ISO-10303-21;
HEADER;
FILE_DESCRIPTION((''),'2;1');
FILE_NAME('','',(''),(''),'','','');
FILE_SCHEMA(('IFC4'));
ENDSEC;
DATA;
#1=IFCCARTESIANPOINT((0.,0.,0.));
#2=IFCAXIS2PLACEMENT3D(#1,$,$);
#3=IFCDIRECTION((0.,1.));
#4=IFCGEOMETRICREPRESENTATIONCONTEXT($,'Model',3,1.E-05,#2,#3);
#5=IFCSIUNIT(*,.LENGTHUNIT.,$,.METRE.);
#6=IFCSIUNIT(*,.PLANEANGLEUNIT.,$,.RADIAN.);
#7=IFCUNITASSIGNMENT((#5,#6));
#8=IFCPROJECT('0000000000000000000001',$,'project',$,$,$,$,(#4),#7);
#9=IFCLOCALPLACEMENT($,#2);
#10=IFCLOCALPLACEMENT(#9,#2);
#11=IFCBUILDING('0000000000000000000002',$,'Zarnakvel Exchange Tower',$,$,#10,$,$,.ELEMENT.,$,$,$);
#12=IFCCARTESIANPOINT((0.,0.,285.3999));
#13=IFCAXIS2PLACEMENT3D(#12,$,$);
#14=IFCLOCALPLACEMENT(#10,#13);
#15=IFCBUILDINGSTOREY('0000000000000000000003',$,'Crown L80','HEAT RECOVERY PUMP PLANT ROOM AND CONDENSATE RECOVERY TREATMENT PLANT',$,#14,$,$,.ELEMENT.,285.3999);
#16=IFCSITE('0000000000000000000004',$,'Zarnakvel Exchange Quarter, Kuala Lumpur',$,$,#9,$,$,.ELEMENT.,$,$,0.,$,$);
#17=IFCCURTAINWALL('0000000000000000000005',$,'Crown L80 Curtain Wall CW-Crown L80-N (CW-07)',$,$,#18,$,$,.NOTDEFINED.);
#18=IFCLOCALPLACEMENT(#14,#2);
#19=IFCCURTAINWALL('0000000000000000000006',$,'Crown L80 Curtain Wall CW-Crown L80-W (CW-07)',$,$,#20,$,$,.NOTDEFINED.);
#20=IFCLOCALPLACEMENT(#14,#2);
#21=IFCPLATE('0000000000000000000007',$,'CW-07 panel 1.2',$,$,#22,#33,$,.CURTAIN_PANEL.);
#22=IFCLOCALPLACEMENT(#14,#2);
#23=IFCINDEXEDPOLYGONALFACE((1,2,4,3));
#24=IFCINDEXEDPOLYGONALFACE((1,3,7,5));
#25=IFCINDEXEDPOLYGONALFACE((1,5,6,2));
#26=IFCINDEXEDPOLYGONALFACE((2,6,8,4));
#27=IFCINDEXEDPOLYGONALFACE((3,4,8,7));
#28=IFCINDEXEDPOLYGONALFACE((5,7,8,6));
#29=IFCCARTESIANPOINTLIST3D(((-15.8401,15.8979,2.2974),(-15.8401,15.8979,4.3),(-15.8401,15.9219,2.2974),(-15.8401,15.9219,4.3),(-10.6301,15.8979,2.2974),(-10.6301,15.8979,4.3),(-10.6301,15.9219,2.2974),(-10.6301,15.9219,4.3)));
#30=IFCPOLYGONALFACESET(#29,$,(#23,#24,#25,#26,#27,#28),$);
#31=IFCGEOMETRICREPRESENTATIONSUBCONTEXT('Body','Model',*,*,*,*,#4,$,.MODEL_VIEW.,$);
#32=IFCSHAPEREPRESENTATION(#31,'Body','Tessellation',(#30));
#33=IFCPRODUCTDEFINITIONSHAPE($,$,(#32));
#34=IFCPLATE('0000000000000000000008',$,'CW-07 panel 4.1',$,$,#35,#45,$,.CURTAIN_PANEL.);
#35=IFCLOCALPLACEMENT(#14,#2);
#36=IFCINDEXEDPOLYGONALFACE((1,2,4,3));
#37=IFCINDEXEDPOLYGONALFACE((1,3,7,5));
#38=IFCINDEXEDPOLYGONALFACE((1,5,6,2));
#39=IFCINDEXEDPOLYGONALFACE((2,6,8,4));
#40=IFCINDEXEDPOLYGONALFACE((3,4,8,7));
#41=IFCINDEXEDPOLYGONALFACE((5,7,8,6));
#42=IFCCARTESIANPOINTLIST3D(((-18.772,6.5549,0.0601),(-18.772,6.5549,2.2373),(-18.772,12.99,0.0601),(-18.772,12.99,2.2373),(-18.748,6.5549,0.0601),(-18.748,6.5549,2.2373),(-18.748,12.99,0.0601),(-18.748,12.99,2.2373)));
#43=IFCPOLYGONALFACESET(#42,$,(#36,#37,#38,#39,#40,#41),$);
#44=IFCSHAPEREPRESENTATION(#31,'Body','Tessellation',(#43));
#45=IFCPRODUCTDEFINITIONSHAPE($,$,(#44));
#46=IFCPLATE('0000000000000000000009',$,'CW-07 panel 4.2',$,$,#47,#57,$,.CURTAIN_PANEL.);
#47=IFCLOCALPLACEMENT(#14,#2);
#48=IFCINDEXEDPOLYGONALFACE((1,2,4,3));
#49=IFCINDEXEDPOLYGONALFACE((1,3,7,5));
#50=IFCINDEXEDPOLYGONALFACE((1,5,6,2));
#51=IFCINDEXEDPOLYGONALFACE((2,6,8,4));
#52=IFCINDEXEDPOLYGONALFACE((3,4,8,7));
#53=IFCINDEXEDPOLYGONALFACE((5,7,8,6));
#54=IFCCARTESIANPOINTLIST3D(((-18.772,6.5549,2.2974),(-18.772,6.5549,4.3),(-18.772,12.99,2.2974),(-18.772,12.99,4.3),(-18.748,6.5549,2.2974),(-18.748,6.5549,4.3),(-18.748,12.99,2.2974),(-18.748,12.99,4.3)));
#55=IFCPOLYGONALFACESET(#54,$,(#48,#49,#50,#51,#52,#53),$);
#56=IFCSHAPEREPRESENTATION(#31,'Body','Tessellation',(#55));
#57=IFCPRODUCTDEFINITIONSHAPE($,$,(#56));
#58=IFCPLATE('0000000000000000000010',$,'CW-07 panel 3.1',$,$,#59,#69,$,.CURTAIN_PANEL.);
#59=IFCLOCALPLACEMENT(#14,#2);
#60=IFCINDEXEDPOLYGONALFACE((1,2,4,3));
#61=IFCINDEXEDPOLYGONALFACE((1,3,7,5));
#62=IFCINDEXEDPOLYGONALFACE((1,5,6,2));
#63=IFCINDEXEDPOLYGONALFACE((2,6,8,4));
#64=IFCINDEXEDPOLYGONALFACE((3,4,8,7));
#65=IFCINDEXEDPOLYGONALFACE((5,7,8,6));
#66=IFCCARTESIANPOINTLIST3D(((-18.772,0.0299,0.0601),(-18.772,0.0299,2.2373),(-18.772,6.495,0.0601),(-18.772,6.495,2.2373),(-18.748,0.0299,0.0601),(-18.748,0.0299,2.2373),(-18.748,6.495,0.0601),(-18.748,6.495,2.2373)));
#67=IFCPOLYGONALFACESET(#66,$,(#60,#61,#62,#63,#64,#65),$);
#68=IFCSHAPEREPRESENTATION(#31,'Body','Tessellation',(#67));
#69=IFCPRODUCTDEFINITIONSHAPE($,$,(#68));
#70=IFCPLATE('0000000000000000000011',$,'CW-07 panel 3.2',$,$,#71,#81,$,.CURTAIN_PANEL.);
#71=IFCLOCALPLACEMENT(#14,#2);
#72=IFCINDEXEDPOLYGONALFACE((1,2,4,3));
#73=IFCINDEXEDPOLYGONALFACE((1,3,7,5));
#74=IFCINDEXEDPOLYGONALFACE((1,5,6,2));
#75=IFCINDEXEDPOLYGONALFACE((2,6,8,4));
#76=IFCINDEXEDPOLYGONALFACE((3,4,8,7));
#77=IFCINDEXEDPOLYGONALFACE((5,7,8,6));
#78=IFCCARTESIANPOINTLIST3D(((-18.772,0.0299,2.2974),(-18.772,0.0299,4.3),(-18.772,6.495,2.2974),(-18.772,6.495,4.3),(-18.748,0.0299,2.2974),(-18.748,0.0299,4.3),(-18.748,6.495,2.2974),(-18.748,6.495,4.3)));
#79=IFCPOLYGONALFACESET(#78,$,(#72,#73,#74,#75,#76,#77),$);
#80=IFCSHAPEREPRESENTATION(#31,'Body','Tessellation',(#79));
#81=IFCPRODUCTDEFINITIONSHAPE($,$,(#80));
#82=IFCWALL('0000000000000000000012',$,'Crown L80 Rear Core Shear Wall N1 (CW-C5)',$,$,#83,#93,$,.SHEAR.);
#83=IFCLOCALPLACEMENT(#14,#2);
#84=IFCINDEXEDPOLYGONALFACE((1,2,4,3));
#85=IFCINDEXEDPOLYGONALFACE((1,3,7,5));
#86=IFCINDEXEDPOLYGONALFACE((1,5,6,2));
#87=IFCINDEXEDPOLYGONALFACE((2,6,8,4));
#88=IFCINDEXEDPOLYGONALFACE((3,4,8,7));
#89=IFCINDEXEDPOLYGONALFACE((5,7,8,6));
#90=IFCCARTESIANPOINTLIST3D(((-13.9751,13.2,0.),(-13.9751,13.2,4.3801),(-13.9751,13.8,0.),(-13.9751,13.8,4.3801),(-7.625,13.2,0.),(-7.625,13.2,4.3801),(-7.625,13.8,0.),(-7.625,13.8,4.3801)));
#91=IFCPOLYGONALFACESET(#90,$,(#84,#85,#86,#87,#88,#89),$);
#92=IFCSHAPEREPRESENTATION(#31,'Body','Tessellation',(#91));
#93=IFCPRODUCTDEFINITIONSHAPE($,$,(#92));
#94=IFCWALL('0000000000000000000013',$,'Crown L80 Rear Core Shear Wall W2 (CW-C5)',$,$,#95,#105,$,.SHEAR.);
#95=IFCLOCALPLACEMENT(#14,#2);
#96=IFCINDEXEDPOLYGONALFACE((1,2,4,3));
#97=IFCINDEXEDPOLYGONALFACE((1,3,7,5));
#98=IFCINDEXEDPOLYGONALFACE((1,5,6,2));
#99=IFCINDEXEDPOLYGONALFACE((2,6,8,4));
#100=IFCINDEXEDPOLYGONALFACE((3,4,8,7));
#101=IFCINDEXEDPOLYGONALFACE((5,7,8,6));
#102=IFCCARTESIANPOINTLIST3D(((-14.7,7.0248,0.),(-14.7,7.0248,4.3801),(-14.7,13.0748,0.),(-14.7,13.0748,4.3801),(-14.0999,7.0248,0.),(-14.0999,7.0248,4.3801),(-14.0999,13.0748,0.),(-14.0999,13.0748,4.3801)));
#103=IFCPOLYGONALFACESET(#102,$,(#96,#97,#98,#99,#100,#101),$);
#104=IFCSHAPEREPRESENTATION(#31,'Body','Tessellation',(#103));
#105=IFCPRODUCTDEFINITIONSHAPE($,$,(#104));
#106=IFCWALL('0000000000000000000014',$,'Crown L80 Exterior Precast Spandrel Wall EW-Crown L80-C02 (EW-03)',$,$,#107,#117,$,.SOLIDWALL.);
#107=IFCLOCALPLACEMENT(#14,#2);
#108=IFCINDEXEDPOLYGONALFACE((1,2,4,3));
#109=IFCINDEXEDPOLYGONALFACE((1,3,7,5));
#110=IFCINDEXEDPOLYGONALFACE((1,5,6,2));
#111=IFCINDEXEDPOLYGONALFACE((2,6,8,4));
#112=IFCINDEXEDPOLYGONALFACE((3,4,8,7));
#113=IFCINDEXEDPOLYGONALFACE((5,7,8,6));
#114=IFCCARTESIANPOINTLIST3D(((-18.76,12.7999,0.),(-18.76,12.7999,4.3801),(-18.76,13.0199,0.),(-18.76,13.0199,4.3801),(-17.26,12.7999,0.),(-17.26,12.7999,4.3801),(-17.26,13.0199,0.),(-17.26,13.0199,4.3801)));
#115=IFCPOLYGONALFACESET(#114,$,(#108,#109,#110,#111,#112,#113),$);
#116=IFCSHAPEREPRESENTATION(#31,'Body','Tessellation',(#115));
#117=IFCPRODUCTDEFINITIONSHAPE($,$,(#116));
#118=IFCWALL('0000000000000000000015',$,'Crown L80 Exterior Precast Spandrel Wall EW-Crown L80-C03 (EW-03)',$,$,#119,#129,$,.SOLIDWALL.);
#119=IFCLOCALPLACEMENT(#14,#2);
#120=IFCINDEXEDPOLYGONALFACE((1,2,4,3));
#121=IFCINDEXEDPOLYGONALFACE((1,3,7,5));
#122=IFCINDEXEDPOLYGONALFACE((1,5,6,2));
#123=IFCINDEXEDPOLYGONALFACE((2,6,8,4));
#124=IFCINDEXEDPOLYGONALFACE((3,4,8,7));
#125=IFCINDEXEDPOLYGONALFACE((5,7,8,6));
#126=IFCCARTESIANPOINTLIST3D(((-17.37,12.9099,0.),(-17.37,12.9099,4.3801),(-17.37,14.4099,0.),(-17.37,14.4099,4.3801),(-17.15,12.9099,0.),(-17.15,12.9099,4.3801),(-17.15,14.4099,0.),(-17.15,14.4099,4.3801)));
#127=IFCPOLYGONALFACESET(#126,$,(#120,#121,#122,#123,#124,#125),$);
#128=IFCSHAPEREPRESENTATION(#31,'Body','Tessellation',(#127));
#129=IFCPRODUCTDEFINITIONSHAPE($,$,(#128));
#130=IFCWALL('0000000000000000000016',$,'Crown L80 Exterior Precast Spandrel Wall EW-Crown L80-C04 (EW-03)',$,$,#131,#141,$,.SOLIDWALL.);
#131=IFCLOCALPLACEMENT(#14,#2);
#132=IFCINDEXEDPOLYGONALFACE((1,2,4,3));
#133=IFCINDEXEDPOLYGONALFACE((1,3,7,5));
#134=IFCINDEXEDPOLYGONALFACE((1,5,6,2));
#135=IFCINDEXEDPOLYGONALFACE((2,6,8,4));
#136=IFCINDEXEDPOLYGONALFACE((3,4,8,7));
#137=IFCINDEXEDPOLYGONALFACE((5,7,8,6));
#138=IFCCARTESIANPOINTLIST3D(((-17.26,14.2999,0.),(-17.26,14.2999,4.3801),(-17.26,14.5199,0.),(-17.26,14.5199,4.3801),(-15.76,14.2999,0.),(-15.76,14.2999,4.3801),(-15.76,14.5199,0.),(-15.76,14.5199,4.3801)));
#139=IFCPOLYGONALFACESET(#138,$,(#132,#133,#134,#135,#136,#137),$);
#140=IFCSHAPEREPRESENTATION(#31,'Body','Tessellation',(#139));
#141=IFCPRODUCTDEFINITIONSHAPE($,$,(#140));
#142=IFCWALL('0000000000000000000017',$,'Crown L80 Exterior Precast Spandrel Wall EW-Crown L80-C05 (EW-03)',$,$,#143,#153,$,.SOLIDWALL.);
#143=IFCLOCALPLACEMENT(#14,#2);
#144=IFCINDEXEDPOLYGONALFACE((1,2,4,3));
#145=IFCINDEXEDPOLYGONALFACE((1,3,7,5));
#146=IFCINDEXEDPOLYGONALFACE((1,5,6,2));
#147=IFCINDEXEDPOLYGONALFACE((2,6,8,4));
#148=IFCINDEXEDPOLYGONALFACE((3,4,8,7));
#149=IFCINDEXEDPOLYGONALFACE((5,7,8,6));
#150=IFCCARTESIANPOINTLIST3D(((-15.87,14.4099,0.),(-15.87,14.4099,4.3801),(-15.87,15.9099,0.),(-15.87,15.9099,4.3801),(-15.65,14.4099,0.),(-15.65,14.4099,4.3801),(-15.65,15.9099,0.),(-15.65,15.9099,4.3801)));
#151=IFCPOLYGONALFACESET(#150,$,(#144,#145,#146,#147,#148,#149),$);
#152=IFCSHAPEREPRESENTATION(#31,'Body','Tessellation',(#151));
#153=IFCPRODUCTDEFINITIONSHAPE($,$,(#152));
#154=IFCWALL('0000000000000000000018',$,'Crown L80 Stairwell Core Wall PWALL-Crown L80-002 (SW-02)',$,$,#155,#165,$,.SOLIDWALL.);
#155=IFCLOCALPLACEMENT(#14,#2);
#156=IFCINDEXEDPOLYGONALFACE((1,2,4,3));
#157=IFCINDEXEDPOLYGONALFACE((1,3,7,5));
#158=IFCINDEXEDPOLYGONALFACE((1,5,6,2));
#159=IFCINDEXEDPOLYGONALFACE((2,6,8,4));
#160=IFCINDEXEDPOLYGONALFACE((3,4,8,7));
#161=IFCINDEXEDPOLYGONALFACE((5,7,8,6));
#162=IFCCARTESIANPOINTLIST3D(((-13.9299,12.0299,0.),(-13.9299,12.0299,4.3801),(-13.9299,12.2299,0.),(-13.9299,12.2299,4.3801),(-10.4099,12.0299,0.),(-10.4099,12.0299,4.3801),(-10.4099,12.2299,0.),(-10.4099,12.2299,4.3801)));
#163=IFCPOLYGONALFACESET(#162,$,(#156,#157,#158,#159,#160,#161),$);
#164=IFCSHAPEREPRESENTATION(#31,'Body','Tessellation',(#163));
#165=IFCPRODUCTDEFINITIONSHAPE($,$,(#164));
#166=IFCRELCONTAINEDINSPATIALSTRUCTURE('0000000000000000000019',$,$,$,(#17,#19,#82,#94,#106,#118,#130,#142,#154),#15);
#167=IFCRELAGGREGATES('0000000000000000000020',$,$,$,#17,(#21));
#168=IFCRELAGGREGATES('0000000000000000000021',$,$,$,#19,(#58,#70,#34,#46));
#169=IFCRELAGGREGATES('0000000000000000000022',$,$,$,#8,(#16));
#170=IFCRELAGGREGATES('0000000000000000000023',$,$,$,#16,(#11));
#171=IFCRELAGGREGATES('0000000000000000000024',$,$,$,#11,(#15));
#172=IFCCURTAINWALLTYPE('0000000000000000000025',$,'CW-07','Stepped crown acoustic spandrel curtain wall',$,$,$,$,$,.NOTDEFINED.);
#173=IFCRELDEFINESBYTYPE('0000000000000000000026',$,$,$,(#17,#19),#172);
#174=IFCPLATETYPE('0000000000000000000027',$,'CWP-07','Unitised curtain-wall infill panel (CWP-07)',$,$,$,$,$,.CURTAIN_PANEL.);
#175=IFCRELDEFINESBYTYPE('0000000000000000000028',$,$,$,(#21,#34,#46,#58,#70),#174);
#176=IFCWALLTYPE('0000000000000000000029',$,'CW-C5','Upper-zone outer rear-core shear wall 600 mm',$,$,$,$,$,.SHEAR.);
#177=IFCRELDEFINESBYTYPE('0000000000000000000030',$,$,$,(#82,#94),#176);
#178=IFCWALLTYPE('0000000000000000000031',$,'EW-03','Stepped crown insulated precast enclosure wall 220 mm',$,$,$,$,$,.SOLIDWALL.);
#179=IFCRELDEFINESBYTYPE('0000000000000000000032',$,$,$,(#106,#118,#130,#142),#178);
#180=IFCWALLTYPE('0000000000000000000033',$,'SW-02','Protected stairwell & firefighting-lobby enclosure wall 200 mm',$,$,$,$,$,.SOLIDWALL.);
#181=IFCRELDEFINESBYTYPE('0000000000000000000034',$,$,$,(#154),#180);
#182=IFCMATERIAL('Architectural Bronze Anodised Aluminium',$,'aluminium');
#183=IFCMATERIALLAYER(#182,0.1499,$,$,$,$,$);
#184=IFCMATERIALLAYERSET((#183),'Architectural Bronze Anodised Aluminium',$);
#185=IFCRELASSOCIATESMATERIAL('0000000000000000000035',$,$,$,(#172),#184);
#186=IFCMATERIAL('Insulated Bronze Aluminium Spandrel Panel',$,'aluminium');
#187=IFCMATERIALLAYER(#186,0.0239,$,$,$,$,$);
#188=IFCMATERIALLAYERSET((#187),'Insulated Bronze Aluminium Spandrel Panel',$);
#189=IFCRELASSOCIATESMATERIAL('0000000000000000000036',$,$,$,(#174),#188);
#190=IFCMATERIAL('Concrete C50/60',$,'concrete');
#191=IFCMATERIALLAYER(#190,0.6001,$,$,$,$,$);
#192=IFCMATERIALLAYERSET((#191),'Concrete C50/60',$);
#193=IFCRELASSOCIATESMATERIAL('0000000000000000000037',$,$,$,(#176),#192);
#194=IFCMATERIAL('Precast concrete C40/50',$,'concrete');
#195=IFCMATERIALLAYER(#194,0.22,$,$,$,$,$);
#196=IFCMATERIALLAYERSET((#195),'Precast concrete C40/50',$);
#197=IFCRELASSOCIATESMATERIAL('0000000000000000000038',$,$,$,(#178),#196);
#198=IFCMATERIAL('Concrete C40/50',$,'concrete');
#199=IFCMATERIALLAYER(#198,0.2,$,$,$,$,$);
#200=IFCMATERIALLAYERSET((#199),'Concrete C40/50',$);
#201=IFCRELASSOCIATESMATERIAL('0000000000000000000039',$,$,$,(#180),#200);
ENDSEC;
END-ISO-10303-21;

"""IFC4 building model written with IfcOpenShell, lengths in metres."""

from ifc_helpers import new_model, si_unit, direction, frame, frame_2d, origin, origin_2d, place, context, subcontext, project, spatial, rectangle, extrude, source, transform, mapped, material, layer, layer_set, type_object, element, aggregate, save


model = new_model("IFC4")

# Units and contexts
model_context = context("Model", 3, precision=1e-05, world=origin(), true_north=direction((0.0, 1.0)))
body_context = subcontext(model_context, "Body", "Model", "MODEL_VIEW")
ifc_project = project(units=[si_unit("LENGTHUNIT", "METRE"), si_unit("PLANEANGLEUNIT", "RADIAN")], contexts=[model_context])

# Site, building, storey
site_placement = place(None, origin())
site = spatial("IfcSite", under=ifc_project, at=site_placement, Name="Zarnakvel Exchange Quarter, Kuala Lumpur", CompositionType="ELEMENT", RefElevation=0.0)
building_placement = place(site_placement, origin())
building = spatial("IfcBuilding", under=site, at=building_placement, Name="Zarnakvel Exchange Tower", CompositionType="ELEMENT")
storey_placement = place(building_placement, frame((0.0, 0.0, 285.3999)))
storey = spatial("IfcBuildingStorey", under=building, at=storey_placement, Name="Crown L80", Description="HEAT RECOVERY PUMP PLANT ROOM AND CONDENSATE RECOVERY TREATMENT PLANT", CompositionType="ELEMENT", Elevation=285.3999)

# Shared definitions
ifc_material_1 = material(Name="Concrete C50/60", Category="concrete")

# Curtain wall
ifc_material_2 = material(Name="Architectural Bronze Anodised Aluminium", Category="aluminium")
ifc_layer_1 = layer(ifc_material_2, 0.1499)
ifc_layer_set_1 = layer_set([ifc_layer_1], Name="Architectural Bronze Anodised Aluminium")
curtain_wall_type = type_object("IfcCurtainWallType", Name="CW-07", Description="Stepped crown acoustic spandrel curtain wall", PredefinedType="NOTDEFINED", material=ifc_layer_set_1)
curtain_wall_1_placement = place(storey_placement, origin())
curtain_wall_1 = element("IfcCurtainWall", 1, at=curtain_wall_1_placement, inside=storey, type_object=curtain_wall_type, Name="Crown L80 Curtain Wall CW-Crown L80-N (CW-07)", PredefinedType="NOTDEFINED")

# Curtain wall
curtain_wall_2_placement = place(storey_placement, origin())
curtain_wall_2 = element("IfcCurtainWall", 2, at=curtain_wall_2_placement, inside=storey, type_object=curtain_wall_type, Name="Crown L80 Curtain Wall CW-Crown L80-W (CW-07)", PredefinedType="NOTDEFINED")

# Plates
ifc_material_3 = material(Name="Insulated Bronze Aluminium Spandrel Panel", Category="aluminium")
ifc_layer_2 = layer(ifc_material_3, 0.0239)
ifc_layer_set_2 = layer_set([ifc_layer_2], Name="Insulated Bronze Aluminium Spandrel Panel")
plate_type = type_object("IfcPlateType", Name="CWP-07", Description="Unitised curtain-wall infill panel (CWP-07)", PredefinedType="CURTAIN_PANEL", material=ifc_layer_set_2)
shared_shape_1 = source(origin(), body_context, "Body", "SweptSolid", [
    extrude(rectangle(XDim=5.21, YDim=0.0239, at=origin_2d()), origin(), (0.0, 0.0, 1.0), 2.0027),
])
plate_1_placement = place(storey_placement, frame((-13.2351, 15.9099, 2.2974), z_axis=(0.0, 0.0, 1.0), x_axis=(1.0, 0.0, 0.0)))
plate_1 = element("IfcPlate", 3, at=plate_1_placement, type_object=plate_type, Name="CW-07 panel 1.2", PredefinedType="CURTAIN_PANEL", context=body_context, shape_type="MappedRepresentation", body=[
    mapped(shared_shape_1, transform((0.0, 0.0, 0.0), x_axis=(1.0, 0.0, 0.0), y_axis=(0.0, 1.0, 0.0), z_axis=(0.0, 0.0, 1.0), scale=1.0)),
])
aggregate(curtain_wall_1, [plate_1])
shared_shape_2 = source(origin(), body_context, "Body", "SweptSolid", [
    extrude(rectangle(XDim=6.4351, YDim=0.0239, at=origin_2d()), origin(), (0.0, 0.0, 1.0), 2.1772),
])
plate_2_placement = place(storey_placement, frame((-18.76, 9.7725, 0.0601), z_axis=(0.0, 0.0, 1.0), x_axis=(0.0, 1.0, 0.0)))
plate_2 = element("IfcPlate", 4, at=plate_2_placement, type_object=plate_type, Name="CW-07 panel 4.1", PredefinedType="CURTAIN_PANEL", context=body_context, shape_type="MappedRepresentation", body=[
    mapped(shared_shape_2, transform((0.0, 0.0, 0.0), x_axis=(1.0, 0.0, 0.0), y_axis=(0.0, 1.0, 0.0), z_axis=(0.0, 0.0, 1.0), scale=1.0)),
])
shared_shape_3 = source(origin(), body_context, "Body", "SweptSolid", [
    extrude(rectangle(XDim=6.4351, YDim=0.0239, at=origin_2d()), origin(), (0.0, 0.0, 1.0), 2.0027),
])
plate_3_placement = place(storey_placement, frame((-18.76, 9.7725, 2.2974), z_axis=(0.0, 0.0, 1.0), x_axis=(0.0, 1.0, 0.0)))
plate_3 = element("IfcPlate", 5, at=plate_3_placement, type_object=plate_type, Name="CW-07 panel 4.2", PredefinedType="CURTAIN_PANEL", context=body_context, shape_type="MappedRepresentation", body=[
    mapped(shared_shape_3, transform((0.0, 0.0, 0.0), x_axis=(1.0, 0.0, 0.0), y_axis=(0.0, 1.0, 0.0), z_axis=(0.0, 0.0, 1.0), scale=1.0)),
])
shared_shape_4 = source(origin(), body_context, "Body", "SweptSolid", [
    extrude(rectangle(XDim=6.4651, YDim=0.0239, at=origin_2d()), origin(), (0.0, 0.0, 1.0), 2.1772),
])
plate_4_placement = place(storey_placement, frame((-18.76, 3.2625, 0.0601), z_axis=(0.0, 0.0, 1.0), x_axis=(0.0, 1.0, 0.0)))
plate_4 = element("IfcPlate", 6, at=plate_4_placement, type_object=plate_type, Name="CW-07 panel 3.1", PredefinedType="CURTAIN_PANEL", context=body_context, shape_type="MappedRepresentation", body=[
    mapped(shared_shape_4, transform((0.0, 0.0, 0.0), x_axis=(1.0, 0.0, 0.0), y_axis=(0.0, 1.0, 0.0), z_axis=(0.0, 0.0, 1.0), scale=1.0)),
])
shared_shape_5 = source(origin(), body_context, "Body", "SweptSolid", [
    extrude(rectangle(XDim=6.4651, YDim=0.0239, at=origin_2d()), origin(), (0.0, 0.0, 1.0), 2.0027),
])
plate_5_placement = place(storey_placement, frame((-18.76, 3.2625, 2.2974), z_axis=(0.0, 0.0, 1.0), x_axis=(0.0, 1.0, 0.0)))
plate_5 = element("IfcPlate", 7, at=plate_5_placement, type_object=plate_type, Name="CW-07 panel 3.2", PredefinedType="CURTAIN_PANEL", context=body_context, shape_type="MappedRepresentation", body=[
    mapped(shared_shape_5, transform((0.0, 0.0, 0.0), x_axis=(1.0, 0.0, 0.0), y_axis=(0.0, 1.0, 0.0), z_axis=(0.0, 0.0, 1.0), scale=1.0)),
])
aggregate(curtain_wall_2, [plate_4, plate_5, plate_2, plate_3])

# Walls
ifc_layer_3 = layer(ifc_material_1, 0.6001)
ifc_layer_set_3 = layer_set([ifc_layer_3], Name="Concrete C50/60")
wall_type_1 = type_object("IfcWallType", Name="CW-C5", Description="Upper-zone outer rear-core shear wall 600 mm", PredefinedType="SHEAR", material=ifc_layer_set_3)
wall_1_placement = place(storey_placement, frame((-13.9751, 13.5, 0.0), z_axis=(0.0, 0.0, 1.0), x_axis=(1.0, 0.0, 0.0)))
element("IfcWall", 8, at=wall_1_placement, inside=storey, type_object=wall_type_1, Name="Crown L80 Rear Core Shear Wall N1 (CW-C5)", PredefinedType="SHEAR", context=body_context, shape_type="SweptSolid", body=[
    extrude(rectangle(XDim=6.3501, YDim=0.6001, at=frame_2d((3.175, 0.0))), origin(), (0.0, 0.0, 1.0), 4.3801),
])
wall_2_placement = place(storey_placement, frame((-14.3999, 7.0249, 0.0), z_axis=(0.0, 0.0, 1.0), x_axis=(0.0, 1.0, 0.0)))
element("IfcWall", 9, at=wall_2_placement, inside=storey, type_object=wall_type_1, Name="Crown L80 Rear Core Shear Wall W2 (CW-C5)", PredefinedType="SHEAR", context=body_context, shape_type="SweptSolid", body=[
    extrude(rectangle(XDim=6.05, YDim=0.6001, at=frame_2d((3.0249, 0.0))), origin(), (0.0, 0.0, 1.0), 4.3801),
])
ifc_material_4 = material(Name="Precast concrete C40/50", Category="concrete")
ifc_layer_4 = layer(ifc_material_4, 0.22)
ifc_layer_set_4 = layer_set([ifc_layer_4], Name="Precast concrete C40/50")
wall_type_2 = type_object("IfcWallType", Name="EW-03", Description="Stepped crown insulated precast enclosure wall 220 mm", PredefinedType="SOLIDWALL", material=ifc_layer_set_4)
for number, where, z_axis, x_axis, name in (
    (10, (-17.26, 12.9099, 0.0), (0.0, 0.0, 1.0), (-1.0, 0.0, 0.0), "Crown L80 Exterior Precast Spandrel Wall EW-Crown L80-C02 (EW-03)"),
    (11, (-17.26, 14.4099, 0.0), (0.0, 0.0, 1.0), (0.0, -1.0, 0.0), "Crown L80 Exterior Precast Spandrel Wall EW-Crown L80-C03 (EW-03)"),
    (12, (-15.76, 14.4099, 0.0), (0.0, 0.0, 1.0), (-1.0, 0.0, 0.0), "Crown L80 Exterior Precast Spandrel Wall EW-Crown L80-C04 (EW-03)"),
    (13, (-15.76, 15.9099, 0.0), (0.0, 0.0, 1.0), (0.0, -1.0, 0.0), "Crown L80 Exterior Precast Spandrel Wall EW-Crown L80-C05 (EW-03)"),
):
    element("IfcWall", number, at=place(storey_placement, frame(where, z_axis=z_axis, x_axis=x_axis)), inside=storey, type_object=wall_type_2, Name=name, PredefinedType="SOLIDWALL", context=body_context, shape_type="SweptSolid", body=[
        extrude(rectangle(XDim=1.5, YDim=0.22, at=frame_2d((0.75, 0.0))), origin(), (0.0, 0.0, 1.0), 4.3801),
    ])
ifc_material_5 = material(Name="Concrete C40/50", Category="concrete")
ifc_layer_5 = layer(ifc_material_5, 0.2)
ifc_layer_set_5 = layer_set([ifc_layer_5], Name="Concrete C40/50")
wall_type_3 = type_object("IfcWallType", Name="SW-02", Description="Protected stairwell & firefighting-lobby enclosure wall 200 mm", PredefinedType="SOLIDWALL", material=ifc_layer_set_5)
wall_3_placement = place(storey_placement, frame((-13.9299, 12.1299, 0.0), z_axis=(0.0, 0.0, 1.0), x_axis=(1.0, 0.0, 0.0)))
element("IfcWall", 14, at=wall_3_placement, inside=storey, type_object=wall_type_3, Name="Crown L80 Stairwell Core Wall PWALL-Crown L80-002 (SW-02)", PredefinedType="SOLIDWALL", context=body_context, shape_type="SweptSolid", body=[
    extrude(rectangle(XDim=3.52, YDim=0.2, at=frame_2d((1.76, 0.0))), origin(), (0.0, 0.0, 1.0), 4.3801),
])

save(model, "model.ifc")
